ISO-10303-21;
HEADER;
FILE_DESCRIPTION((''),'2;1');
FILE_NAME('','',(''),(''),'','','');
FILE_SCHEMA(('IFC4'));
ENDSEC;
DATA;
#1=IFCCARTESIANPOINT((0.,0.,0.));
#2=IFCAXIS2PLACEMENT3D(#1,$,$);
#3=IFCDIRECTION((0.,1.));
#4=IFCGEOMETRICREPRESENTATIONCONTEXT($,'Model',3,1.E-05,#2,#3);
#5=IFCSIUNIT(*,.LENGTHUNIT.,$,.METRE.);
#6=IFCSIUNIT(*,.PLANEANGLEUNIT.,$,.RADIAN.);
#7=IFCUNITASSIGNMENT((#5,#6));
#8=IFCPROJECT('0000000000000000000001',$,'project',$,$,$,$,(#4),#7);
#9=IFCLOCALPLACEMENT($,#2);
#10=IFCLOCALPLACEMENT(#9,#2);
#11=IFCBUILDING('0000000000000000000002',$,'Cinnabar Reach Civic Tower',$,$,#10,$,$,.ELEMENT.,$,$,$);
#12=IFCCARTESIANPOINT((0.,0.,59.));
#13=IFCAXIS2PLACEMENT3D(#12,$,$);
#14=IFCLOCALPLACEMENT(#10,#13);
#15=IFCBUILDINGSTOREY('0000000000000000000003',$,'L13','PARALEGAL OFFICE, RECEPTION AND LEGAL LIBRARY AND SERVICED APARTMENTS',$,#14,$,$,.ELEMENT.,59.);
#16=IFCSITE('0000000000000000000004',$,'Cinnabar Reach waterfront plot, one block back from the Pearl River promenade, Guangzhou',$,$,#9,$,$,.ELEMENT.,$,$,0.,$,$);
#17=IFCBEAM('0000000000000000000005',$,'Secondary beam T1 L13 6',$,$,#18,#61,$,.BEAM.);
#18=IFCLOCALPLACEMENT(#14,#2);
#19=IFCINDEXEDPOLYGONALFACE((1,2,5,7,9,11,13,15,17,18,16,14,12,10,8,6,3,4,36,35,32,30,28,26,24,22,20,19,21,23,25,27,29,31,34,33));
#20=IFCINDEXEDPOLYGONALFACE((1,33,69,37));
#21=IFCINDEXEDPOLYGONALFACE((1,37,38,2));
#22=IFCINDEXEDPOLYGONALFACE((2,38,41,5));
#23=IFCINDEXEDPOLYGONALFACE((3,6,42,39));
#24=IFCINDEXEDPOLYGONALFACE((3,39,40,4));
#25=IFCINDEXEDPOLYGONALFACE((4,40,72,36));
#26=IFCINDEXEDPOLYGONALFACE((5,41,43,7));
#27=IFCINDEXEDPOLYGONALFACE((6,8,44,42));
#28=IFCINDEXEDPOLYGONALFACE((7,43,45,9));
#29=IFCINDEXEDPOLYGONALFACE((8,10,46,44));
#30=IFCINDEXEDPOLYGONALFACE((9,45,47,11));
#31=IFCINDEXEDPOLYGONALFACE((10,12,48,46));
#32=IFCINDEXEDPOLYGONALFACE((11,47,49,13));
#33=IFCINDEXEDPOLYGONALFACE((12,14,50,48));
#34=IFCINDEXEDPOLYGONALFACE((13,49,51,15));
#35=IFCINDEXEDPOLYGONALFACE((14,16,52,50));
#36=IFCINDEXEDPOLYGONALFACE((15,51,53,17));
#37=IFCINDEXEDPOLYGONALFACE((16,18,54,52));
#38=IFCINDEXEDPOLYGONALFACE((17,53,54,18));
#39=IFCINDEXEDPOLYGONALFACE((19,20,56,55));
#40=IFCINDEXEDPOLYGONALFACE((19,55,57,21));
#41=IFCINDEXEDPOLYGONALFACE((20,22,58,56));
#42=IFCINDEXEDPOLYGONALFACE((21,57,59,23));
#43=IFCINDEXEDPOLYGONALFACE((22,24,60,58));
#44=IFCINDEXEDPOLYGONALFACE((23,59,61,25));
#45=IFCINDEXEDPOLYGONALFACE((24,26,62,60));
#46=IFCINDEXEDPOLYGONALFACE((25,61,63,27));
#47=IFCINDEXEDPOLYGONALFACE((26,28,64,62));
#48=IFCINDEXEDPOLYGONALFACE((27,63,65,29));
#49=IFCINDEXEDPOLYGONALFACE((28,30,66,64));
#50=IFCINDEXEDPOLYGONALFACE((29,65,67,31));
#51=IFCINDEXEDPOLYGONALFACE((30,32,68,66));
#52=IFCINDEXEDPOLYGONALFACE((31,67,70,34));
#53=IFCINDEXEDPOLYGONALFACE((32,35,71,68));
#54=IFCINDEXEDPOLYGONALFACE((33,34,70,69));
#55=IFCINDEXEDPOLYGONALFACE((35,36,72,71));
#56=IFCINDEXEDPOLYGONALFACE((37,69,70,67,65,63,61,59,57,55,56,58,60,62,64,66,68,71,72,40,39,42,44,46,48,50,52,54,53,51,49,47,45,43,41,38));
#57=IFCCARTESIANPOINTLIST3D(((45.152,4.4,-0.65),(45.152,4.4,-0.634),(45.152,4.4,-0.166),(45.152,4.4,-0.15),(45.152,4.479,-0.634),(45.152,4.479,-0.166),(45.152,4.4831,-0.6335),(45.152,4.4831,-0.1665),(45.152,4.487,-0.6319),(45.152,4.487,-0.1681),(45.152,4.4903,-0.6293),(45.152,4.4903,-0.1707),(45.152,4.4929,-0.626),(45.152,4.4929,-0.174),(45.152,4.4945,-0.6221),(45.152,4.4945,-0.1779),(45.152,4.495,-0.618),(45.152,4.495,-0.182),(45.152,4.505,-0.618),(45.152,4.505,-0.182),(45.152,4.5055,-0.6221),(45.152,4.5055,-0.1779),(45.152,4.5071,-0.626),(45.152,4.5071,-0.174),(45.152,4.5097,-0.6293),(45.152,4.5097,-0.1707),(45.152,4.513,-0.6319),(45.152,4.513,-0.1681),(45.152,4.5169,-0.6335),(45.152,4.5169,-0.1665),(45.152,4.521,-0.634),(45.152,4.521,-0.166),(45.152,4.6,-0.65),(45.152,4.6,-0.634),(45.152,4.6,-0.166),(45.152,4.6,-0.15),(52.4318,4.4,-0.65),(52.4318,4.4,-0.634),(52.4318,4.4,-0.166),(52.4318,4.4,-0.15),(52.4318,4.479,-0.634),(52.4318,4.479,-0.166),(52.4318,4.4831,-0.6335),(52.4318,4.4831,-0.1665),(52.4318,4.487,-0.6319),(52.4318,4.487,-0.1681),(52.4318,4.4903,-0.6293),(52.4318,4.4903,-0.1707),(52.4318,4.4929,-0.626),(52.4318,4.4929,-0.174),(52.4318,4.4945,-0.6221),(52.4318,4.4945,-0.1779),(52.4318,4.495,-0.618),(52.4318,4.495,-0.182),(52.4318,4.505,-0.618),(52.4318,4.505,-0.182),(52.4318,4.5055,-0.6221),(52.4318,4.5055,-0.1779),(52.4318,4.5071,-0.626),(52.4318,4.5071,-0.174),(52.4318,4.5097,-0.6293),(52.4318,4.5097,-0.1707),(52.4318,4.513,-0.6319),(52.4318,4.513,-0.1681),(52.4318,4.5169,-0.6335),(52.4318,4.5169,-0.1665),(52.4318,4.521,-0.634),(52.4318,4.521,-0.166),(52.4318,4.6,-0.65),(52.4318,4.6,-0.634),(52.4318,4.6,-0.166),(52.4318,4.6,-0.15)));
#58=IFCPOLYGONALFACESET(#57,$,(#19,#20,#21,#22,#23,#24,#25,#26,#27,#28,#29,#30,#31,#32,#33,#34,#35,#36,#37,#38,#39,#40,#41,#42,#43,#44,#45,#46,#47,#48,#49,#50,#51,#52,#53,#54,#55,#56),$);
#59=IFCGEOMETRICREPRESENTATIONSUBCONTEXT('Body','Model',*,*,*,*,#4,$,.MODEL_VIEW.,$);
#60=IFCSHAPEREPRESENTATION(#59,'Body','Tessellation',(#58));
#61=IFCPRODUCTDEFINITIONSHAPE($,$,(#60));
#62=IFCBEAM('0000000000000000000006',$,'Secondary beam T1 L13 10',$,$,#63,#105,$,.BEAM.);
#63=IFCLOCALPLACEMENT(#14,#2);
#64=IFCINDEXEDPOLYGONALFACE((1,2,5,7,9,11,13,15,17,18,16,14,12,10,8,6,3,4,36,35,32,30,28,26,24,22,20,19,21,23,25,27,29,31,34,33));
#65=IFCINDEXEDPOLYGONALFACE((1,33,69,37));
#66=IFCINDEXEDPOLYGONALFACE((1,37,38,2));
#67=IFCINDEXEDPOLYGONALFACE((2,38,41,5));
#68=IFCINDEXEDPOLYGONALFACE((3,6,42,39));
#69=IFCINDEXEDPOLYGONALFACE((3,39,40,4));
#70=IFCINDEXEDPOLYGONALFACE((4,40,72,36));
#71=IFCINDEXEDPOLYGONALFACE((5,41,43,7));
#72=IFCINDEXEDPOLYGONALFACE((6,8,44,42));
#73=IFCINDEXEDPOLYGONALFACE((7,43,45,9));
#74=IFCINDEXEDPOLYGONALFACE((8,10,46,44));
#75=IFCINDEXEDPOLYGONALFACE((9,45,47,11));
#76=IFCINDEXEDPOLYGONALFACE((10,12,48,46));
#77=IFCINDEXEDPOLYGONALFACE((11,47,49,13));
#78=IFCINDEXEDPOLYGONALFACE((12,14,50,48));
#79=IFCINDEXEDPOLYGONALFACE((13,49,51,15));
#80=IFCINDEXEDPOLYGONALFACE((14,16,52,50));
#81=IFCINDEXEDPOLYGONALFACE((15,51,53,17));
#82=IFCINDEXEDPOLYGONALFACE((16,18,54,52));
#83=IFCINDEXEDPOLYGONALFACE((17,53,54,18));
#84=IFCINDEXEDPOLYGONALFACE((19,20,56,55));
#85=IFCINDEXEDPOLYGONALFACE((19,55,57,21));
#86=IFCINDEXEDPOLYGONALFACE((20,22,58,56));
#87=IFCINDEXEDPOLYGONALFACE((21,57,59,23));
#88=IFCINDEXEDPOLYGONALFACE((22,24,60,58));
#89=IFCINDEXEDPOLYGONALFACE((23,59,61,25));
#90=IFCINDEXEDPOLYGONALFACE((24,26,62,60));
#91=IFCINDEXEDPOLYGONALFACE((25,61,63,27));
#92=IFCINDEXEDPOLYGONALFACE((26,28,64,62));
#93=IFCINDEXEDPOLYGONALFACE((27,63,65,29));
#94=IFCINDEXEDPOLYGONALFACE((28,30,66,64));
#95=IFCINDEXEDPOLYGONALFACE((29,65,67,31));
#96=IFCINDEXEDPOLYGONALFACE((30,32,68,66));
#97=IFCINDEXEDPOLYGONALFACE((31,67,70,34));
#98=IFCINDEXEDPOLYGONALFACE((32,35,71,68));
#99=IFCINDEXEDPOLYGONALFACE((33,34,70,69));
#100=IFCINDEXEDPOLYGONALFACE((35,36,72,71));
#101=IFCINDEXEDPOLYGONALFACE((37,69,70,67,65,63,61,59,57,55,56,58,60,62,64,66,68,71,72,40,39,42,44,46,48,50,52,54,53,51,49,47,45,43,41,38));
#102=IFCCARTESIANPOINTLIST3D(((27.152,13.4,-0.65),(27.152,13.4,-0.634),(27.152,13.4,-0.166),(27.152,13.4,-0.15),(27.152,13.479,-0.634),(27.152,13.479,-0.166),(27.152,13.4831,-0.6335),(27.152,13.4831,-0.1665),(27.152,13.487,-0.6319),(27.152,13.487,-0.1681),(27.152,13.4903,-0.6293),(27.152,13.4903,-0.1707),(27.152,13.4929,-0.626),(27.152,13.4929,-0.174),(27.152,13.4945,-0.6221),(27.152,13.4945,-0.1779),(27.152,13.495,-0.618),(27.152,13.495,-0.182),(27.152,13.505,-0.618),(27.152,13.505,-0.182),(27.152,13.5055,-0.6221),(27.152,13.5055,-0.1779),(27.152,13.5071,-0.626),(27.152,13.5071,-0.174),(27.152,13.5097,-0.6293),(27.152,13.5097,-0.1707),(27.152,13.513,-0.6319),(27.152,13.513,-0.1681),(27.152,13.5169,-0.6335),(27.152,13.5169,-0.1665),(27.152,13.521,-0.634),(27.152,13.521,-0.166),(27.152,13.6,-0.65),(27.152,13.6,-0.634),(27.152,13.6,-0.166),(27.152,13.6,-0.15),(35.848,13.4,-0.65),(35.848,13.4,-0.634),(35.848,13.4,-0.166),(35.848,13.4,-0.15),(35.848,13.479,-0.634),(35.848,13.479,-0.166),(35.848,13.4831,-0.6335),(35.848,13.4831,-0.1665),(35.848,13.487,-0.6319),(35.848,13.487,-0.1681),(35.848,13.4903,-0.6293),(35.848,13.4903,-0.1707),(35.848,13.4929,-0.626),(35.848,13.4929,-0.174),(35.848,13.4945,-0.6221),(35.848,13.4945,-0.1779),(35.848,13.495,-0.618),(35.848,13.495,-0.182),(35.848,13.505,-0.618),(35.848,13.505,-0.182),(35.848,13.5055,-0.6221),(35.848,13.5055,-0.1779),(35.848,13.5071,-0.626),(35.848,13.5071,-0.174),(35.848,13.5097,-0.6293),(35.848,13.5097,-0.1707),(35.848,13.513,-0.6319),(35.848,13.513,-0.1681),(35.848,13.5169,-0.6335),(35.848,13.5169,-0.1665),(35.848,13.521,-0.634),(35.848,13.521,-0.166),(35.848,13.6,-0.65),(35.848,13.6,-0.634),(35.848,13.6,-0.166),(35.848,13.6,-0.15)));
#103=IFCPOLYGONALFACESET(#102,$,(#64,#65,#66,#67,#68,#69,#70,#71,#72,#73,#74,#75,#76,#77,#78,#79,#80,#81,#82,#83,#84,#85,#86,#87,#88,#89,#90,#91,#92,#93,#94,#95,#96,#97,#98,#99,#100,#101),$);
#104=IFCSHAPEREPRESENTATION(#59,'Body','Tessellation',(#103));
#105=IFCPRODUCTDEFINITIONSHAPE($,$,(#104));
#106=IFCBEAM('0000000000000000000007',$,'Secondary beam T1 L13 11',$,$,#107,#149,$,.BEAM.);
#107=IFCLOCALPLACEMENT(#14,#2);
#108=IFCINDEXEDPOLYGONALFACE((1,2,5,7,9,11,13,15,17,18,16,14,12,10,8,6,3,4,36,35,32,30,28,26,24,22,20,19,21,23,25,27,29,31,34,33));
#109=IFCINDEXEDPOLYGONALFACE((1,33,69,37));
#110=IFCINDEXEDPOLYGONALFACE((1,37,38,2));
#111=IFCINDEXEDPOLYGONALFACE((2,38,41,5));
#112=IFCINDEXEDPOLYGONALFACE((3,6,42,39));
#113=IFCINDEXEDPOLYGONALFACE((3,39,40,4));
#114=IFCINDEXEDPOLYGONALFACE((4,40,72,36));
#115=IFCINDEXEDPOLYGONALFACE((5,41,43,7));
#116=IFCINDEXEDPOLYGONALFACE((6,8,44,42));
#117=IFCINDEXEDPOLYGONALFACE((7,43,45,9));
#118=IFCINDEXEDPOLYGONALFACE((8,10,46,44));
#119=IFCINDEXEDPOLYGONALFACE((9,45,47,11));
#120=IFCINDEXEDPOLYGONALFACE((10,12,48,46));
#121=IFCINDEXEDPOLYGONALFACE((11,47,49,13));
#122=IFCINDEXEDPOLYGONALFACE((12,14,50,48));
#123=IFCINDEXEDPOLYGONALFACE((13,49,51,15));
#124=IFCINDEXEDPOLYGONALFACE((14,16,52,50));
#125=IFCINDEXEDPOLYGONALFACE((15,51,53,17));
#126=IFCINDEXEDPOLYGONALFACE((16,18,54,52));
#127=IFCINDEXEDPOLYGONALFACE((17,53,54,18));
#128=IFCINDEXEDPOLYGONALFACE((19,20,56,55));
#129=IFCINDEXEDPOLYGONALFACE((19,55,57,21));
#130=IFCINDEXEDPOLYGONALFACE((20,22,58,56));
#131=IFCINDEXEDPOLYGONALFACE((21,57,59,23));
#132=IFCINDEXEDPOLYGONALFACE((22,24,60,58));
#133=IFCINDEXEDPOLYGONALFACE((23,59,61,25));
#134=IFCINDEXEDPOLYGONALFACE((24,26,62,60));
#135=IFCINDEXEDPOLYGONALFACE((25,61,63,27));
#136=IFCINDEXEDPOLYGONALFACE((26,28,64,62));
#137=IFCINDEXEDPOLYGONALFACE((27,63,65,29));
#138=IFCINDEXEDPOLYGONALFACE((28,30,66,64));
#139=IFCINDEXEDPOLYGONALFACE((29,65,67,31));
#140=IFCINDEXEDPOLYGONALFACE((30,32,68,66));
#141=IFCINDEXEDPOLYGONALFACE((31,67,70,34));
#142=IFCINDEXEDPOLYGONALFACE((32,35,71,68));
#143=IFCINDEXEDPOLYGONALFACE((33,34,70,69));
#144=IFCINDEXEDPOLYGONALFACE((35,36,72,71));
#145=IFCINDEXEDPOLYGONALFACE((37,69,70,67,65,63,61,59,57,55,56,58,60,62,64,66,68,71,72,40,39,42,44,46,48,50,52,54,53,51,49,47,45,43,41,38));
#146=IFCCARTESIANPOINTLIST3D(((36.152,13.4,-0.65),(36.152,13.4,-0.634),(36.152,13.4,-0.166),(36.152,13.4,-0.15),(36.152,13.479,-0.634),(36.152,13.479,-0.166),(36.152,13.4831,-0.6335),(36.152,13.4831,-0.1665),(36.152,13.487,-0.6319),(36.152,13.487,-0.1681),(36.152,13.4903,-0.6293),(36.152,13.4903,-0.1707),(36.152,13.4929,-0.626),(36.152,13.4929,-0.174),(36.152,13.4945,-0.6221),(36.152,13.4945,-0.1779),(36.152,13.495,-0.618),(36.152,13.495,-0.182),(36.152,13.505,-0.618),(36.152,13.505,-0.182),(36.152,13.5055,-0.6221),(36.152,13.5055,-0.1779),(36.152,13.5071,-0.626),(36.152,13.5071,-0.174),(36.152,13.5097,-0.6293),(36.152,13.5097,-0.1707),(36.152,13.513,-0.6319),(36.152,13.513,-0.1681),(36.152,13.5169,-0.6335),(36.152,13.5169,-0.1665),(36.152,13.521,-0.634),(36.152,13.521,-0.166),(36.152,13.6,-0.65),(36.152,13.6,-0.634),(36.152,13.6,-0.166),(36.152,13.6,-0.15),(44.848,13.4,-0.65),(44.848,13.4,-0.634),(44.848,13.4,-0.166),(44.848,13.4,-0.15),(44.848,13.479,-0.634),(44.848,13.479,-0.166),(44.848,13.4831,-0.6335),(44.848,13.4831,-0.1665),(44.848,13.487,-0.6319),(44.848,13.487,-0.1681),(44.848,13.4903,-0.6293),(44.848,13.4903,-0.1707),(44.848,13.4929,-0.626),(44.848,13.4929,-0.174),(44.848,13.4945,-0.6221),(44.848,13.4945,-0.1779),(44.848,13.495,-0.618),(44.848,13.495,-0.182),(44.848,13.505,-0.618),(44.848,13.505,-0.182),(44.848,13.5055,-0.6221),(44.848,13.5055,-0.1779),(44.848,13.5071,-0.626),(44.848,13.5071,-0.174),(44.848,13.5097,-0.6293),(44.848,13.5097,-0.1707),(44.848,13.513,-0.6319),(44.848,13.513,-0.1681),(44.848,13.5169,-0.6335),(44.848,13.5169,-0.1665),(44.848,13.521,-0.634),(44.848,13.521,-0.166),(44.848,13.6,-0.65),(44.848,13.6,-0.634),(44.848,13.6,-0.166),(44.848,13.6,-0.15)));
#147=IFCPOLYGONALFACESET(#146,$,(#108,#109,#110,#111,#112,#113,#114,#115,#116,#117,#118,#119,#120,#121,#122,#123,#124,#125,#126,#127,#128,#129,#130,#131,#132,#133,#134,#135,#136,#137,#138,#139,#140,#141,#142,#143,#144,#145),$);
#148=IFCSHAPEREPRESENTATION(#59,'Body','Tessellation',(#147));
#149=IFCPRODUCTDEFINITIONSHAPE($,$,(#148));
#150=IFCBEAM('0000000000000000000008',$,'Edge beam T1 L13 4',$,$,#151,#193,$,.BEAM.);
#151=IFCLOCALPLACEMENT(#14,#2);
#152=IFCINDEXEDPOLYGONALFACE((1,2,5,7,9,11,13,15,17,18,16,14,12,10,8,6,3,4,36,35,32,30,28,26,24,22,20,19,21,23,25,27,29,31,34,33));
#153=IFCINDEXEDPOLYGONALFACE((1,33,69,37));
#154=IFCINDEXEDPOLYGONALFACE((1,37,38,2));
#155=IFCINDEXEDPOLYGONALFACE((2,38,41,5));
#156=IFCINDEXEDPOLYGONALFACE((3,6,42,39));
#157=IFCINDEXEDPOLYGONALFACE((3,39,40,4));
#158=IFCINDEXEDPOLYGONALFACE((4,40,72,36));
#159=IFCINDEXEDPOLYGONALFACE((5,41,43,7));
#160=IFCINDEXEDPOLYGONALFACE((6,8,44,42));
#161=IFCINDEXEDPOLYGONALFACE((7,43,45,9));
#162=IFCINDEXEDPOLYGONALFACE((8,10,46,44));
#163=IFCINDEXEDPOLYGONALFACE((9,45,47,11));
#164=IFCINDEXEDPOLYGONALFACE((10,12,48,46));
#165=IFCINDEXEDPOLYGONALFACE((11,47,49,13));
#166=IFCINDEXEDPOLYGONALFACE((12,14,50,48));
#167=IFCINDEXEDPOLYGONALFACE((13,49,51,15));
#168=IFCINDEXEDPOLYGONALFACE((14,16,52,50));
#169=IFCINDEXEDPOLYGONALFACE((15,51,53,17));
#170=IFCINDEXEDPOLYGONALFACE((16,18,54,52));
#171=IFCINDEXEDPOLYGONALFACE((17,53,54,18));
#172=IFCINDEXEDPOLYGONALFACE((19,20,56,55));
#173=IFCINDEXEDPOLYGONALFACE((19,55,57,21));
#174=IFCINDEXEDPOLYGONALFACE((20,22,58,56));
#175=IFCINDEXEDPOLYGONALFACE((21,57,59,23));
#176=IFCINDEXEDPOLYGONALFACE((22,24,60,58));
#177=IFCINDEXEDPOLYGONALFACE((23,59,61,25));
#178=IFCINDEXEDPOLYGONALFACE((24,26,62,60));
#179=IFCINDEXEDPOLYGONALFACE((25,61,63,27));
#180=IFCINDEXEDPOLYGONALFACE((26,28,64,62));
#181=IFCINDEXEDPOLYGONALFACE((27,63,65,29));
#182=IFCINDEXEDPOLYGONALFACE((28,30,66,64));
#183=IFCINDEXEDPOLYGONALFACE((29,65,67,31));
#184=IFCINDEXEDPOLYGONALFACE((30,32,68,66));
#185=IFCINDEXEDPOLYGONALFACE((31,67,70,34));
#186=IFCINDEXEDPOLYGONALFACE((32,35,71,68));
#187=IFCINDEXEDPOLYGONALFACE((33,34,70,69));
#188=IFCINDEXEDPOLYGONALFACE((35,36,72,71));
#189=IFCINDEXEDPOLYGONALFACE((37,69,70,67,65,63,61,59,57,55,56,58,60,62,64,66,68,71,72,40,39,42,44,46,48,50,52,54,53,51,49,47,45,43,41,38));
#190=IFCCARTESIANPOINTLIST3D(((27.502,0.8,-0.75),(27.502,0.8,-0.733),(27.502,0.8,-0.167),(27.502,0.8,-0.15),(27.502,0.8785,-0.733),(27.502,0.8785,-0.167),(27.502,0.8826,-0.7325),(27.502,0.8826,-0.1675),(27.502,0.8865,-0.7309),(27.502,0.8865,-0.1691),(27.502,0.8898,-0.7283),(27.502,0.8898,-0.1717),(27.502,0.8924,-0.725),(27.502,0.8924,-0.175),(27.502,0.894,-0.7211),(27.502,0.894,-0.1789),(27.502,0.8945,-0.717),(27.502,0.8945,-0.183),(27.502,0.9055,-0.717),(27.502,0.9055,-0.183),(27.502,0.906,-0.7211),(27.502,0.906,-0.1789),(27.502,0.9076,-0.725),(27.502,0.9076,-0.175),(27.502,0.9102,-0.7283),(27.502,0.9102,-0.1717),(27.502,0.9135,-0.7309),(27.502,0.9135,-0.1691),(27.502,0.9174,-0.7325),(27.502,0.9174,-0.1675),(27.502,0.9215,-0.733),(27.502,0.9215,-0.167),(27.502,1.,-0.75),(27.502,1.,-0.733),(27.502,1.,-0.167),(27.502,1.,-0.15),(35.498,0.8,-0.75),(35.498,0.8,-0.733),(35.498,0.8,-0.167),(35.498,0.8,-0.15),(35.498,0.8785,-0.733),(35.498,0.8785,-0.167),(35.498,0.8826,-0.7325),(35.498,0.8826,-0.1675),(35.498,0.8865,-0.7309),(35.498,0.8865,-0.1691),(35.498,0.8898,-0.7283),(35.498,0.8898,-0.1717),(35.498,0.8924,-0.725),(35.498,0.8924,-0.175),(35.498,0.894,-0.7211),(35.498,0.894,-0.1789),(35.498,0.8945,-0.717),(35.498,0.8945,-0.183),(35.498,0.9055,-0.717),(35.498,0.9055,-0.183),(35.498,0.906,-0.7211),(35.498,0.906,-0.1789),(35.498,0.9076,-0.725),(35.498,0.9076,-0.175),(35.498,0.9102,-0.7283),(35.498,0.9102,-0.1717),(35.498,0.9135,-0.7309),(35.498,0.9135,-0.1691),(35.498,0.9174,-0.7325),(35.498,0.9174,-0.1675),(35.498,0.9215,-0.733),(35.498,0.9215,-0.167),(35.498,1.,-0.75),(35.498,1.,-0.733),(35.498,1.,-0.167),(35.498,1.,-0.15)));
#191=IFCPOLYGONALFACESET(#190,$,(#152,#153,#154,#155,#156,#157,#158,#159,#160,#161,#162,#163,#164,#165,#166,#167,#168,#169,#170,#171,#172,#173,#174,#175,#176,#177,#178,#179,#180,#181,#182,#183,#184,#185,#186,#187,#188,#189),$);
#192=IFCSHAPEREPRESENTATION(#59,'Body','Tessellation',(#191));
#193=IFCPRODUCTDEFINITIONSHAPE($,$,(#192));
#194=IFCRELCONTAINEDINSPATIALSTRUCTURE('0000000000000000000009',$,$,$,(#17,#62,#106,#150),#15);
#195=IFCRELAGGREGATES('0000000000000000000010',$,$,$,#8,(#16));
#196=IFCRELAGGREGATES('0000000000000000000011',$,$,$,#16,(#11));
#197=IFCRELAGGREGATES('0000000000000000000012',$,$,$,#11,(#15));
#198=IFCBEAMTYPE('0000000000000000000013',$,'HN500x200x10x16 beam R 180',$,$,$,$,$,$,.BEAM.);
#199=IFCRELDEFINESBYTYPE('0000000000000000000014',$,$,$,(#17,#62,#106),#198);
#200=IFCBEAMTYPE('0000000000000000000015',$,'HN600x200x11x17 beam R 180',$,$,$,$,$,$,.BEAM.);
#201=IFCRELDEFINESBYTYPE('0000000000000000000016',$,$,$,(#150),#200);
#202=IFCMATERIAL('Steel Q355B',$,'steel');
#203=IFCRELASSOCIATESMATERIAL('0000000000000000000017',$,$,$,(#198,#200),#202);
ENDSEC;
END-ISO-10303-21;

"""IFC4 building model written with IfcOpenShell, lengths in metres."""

from ifc_helpers import new_model, si_unit, direction, frame, origin, origin_2d, place, context, subcontext, project, spatial, i_section, extrude, material, material_profile, profile_set, type_object, element, save


model = new_model("IFC4")

# Units and contexts
model_context = context("Model", 3, precision=1e-05, world=origin(), true_north=direction((0.0, 1.0)))
body_context = subcontext(model_context, "Body", "Model", "MODEL_VIEW")
ifc_project = project(units=[si_unit("LENGTHUNIT", "METRE"), si_unit("PLANEANGLEUNIT", "RADIAN")], contexts=[model_context])

# Site, building, storey
site_placement = place(None, origin())
site = spatial("IfcSite", under=ifc_project, at=site_placement, Name="Cinnabar Reach waterfront plot, one block back from the Pearl River promenade, Guangzhou", CompositionType="ELEMENT", RefElevation=0.0)
building_placement = place(site_placement, origin())
building = spatial("IfcBuilding", under=site, at=building_placement, Name="Cinnabar Reach Civic Tower", CompositionType="ELEMENT")
storey_placement = place(building_placement, frame((0.0, 0.0, 59.0)))
storey = spatial("IfcBuildingStorey", under=building, at=storey_placement, Name="L13", Description="PARALEGAL OFFICE, RECEPTION AND LEGAL LIBRARY AND SERVICED APARTMENTS", CompositionType="ELEMENT", Elevation=59.0)

# Beams
ifc_material_1 = material(Name="Steel Q355B", Category="steel")
ifc_material_profile_1 = material_profile(ifc_material_1, i_section(OverallWidth=0.2, OverallDepth=0.5, WebThickness=0.01, FlangeThickness=0.016, FilletRadius=0.016, at=origin_2d()), Name="HN500x200x10x16")
ifc_profile_set_1 = profile_set([ifc_material_profile_1], Name="Steel Q355B")
beam_type_1 = type_object("IfcBeamType", Name="HN500x200x10x16 beam R 180", PredefinedType="BEAM", material=ifc_profile_set_1)
beam_1_placement = place(storey_placement, frame((45.152, 4.5, -0.4), z_axis=(1.0, 0.0, 0.0), x_axis=(0.0, 1.0, 0.0)))
element("IfcBeam", 1, at=beam_1_placement, inside=storey, type_object=beam_type_1, Name="Secondary beam T1 L13 6", PredefinedType="BEAM", context=body_context, shape_type="SweptSolid", body=[
    extrude(i_section(OverallWidth=0.2, OverallDepth=0.5, WebThickness=0.01, FlangeThickness=0.016, FilletRadius=0.016, at=origin_2d()), origin(), (0.0, 0.0, 1.0), 7.2798),
])
for number, where, z_axis, x_axis, name in (
    (2, (27.152, 13.5, -0.4), (1.0, 0.0, 0.0), (0.0, 1.0, 0.0), "Secondary beam T1 L13 10"),
    (3, (36.152, 13.5, -0.4), (1.0, 0.0, 0.0), (0.0, 1.0, 0.0), "Secondary beam T1 L13 11"),
):
    element("IfcBeam", number, at=place(storey_placement, frame(where, z_axis=z_axis, x_axis=x_axis)), inside=storey, type_object=beam_type_1, Name=name, PredefinedType="BEAM", context=body_context, shape_type="SweptSolid", body=[
        extrude(i_section(OverallWidth=0.2, OverallDepth=0.5, WebThickness=0.01, FlangeThickness=0.016, FilletRadius=0.016, at=origin_2d()), origin(), (0.0, 0.0, 1.0), 8.696),
    ])
ifc_material_profile_2 = material_profile(ifc_material_1, i_section(OverallWidth=0.2, OverallDepth=0.6, WebThickness=0.011, FlangeThickness=0.017, FilletRadius=0.016, at=origin_2d()), Name="HN600x200x11x17")
ifc_profile_set_2 = profile_set([ifc_material_profile_2], Name="Steel Q355B")
beam_type_2 = type_object("IfcBeamType", Name="HN600x200x11x17 beam R 180", PredefinedType="BEAM", material=ifc_profile_set_2)
for number, where, z_axis, x_axis, name in (
    (4, (27.502, 0.9, -0.45), (1.0, 0.0, 0.0), (0.0, 1.0, 0.0), "Edge beam T1 L13 4"),
):
    element("IfcBeam", number, at=place(storey_placement, frame(where, z_axis=z_axis, x_axis=x_axis)), inside=storey, type_object=beam_type_2, Name=name, PredefinedType="BEAM", context=body_context, shape_type="SweptSolid", body=[
        extrude(i_section(OverallWidth=0.2, OverallDepth=0.6, WebThickness=0.011, FlangeThickness=0.017, FilletRadius=0.016, at=origin_2d()), origin(), (0.0, 0.0, 1.0), 7.996),
    ])

save(model, "model.ifc")
